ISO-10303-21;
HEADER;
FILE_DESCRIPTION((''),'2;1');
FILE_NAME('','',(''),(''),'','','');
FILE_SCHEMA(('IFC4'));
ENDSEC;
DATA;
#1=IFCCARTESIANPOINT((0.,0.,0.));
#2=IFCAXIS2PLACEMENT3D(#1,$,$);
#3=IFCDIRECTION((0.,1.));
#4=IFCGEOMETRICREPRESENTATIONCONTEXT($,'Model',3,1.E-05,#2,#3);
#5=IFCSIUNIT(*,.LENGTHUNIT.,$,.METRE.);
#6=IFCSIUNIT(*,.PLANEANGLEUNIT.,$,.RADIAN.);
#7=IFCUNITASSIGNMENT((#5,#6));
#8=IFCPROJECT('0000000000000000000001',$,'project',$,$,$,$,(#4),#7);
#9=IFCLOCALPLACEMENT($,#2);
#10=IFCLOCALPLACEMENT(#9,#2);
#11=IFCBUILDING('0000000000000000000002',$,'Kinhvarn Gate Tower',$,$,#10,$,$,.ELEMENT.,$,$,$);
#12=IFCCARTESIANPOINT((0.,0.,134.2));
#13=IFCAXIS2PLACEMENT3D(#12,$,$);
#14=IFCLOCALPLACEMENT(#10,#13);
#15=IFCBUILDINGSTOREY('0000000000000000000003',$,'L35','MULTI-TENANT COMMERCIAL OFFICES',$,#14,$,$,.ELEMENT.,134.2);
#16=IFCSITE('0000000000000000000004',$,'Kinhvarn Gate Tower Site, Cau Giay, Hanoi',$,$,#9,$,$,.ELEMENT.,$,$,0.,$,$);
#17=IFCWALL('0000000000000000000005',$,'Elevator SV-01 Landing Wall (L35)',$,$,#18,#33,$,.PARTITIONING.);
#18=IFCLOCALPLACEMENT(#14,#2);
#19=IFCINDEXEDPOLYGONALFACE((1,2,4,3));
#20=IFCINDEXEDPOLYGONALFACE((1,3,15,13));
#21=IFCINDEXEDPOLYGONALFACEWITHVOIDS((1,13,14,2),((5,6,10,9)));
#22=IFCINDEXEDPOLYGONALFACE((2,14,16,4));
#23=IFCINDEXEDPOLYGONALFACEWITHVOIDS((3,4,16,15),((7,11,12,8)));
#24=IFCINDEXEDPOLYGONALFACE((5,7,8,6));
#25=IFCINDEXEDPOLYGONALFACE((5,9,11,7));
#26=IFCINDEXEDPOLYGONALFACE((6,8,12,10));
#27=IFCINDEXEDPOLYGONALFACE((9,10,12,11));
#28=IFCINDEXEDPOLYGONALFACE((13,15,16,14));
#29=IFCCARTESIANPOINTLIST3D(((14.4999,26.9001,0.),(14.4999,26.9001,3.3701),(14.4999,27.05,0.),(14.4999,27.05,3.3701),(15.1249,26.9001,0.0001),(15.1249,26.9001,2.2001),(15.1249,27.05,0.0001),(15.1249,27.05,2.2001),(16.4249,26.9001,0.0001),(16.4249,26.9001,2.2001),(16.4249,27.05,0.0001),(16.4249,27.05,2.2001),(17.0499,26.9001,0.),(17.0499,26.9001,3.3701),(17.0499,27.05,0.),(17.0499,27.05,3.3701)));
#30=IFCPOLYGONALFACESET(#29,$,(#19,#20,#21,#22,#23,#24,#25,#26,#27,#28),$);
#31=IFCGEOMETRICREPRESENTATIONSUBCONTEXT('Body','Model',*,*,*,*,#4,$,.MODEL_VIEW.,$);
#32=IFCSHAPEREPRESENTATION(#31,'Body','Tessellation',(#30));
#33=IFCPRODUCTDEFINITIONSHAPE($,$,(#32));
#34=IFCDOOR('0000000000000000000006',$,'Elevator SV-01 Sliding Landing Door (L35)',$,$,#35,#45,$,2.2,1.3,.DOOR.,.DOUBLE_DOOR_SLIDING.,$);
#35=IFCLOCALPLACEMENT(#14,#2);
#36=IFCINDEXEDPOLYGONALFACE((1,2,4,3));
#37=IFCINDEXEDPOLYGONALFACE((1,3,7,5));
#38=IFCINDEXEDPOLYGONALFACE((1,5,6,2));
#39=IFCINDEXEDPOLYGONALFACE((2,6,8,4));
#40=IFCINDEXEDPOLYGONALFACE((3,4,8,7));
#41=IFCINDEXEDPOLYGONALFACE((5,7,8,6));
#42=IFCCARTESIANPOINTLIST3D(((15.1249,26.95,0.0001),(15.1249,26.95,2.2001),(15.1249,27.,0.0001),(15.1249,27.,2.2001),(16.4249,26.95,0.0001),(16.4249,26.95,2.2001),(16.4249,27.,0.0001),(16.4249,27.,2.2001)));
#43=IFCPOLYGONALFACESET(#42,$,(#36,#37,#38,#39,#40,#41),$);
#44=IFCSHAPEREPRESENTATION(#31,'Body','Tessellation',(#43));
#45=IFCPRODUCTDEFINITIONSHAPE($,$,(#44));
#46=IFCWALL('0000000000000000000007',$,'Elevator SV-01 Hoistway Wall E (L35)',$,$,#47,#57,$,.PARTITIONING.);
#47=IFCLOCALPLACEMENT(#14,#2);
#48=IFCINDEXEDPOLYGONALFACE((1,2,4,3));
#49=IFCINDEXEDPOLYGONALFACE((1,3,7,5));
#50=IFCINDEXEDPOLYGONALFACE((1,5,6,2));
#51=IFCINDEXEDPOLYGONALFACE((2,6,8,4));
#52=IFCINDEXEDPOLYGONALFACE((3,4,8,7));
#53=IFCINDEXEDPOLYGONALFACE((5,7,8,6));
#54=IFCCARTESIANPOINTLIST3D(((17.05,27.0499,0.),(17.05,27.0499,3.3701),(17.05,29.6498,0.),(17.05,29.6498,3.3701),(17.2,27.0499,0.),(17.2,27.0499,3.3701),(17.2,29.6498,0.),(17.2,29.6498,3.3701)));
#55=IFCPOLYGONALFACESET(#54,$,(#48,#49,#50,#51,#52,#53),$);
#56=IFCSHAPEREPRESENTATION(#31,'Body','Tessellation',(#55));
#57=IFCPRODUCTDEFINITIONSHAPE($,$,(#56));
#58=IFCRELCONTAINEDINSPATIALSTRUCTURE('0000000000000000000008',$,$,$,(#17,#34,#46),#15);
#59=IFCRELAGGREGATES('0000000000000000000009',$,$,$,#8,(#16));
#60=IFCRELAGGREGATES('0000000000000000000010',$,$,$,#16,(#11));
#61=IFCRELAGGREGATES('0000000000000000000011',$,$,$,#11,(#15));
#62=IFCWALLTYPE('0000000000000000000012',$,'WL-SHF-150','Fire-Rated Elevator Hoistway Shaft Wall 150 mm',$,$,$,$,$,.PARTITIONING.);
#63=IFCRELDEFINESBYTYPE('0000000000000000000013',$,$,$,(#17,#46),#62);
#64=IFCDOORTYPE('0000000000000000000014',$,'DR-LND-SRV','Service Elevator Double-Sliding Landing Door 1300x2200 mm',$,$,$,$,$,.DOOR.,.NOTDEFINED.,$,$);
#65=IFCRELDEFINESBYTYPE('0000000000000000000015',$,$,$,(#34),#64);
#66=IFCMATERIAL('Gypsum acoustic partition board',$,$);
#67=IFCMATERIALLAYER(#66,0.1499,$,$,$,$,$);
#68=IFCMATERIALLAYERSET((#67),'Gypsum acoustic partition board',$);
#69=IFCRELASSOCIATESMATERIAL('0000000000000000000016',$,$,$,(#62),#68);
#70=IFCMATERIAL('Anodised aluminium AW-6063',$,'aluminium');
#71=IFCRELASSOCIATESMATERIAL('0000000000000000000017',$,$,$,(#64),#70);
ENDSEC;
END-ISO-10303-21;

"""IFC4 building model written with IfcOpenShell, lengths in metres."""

from ifc_helpers import new_model, si_unit, direction, frame, frame_2d, origin, place, context, subcontext, project, spatial, rectangle, extrude, material, layer, layer_set, type_object, element, fill, save


model = new_model("IFC4")

# Units and contexts
model_context = context("Model", 3, precision=1e-05, world=origin(), true_north=direction((0.0, 1.0)))
body_context = subcontext(model_context, "Body", "Model", "MODEL_VIEW")
ifc_project = project(units=[si_unit("LENGTHUNIT", "METRE"), si_unit("PLANEANGLEUNIT", "RADIAN")], contexts=[model_context])

# Site, building, storey
site_placement = place(None, origin())
site = spatial("IfcSite", under=ifc_project, at=site_placement, Name="Kinhvarn Gate Tower Site, Cau Giay, Hanoi", CompositionType="ELEMENT", RefElevation=0.0)
building_placement = place(site_placement, origin())
building = spatial("IfcBuilding", under=site, at=building_placement, Name="Kinhvarn Gate Tower", CompositionType="ELEMENT")
storey_placement = place(building_placement, frame((0.0, 0.0, 134.2)))
storey = spatial("IfcBuildingStorey", under=building, at=storey_placement, Name="L35", Description="MULTI-TENANT COMMERCIAL OFFICES", CompositionType="ELEMENT", Elevation=134.2)

# Shared definitions
ifc_material_1 = material(Name="Anodised aluminium AW-6063", Category="aluminium")

# Shared definitions
ifc_material_2 = material(Name="Gypsum acoustic partition board")

# Shared definitions
ifc_layer_1 = layer(ifc_material_2, 0.1499)
ifc_layer_set_1 = layer_set([ifc_layer_1], Name="Gypsum acoustic partition board")
wall_type_1 = type_object("IfcWallType", Name="WL-SHF-150", Description="Fire-Rated Elevator Hoistway Shaft Wall 150 mm", PredefinedType="PARTITIONING", material=ifc_layer_set_1)

# Wall, opening, door
wall_1_placement = place(storey_placement, frame((14.5, 26.9751, 0.0), z_axis=(0.0, 0.0, 1.0), x_axis=(1.0, 0.0, 0.0)))
wall_1 = element("IfcWall", 1, at=wall_1_placement, inside=storey, type_object=wall_type_1, Name="Elevator SV-01 Landing Wall (L35)", PredefinedType="PARTITIONING", context=body_context, shape_type="SweptSolid", body=[
    extrude(rectangle(XDim=2.55, YDim=0.1499, at=frame_2d((1.2749, 0.0))), origin(), (0.0, 0.0, 1.0), 3.3701),
])
opening_1_placement = place(wall_1_placement, frame((0.625, 0.0, 0.0)))
opening_1 = element("IfcOpeningElement", 2, at=opening_1_placement, cuts=wall_1, PredefinedType="OPENING", context=body_context, shape_type="SweptSolid", body=[
    extrude(rectangle(XDim=1.3, YDim=2.2, at=frame_2d((0.6499, 1.1001))), frame((0.0, 0.085, 0.0), z_axis=(0.0, -1.0, 0.0), x_axis=(1.0, 0.0, 0.0)), (0.0, 0.0, 1.0), 0.1699),
])
door_type_1 = type_object("IfcDoorType", Name="DR-LND-SRV", Description="Service Elevator Double-Sliding Landing Door 1300x2200 mm", OperationType="NOTDEFINED", PredefinedType="DOOR", material=ifc_material_1)
door_1_placement = place(opening_1_placement, origin())
door_1 = element("IfcDoor", 3, at=door_1_placement, inside=storey, type_object=door_type_1, Name="Elevator SV-01 Sliding Landing Door (L35)", OperationType="DOUBLE_DOOR_SLIDING", OverallHeight=2.2, OverallWidth=1.3, PredefinedType="DOOR", context=body_context, shape_type="SweptSolid", body=[
    extrude(rectangle(XDim=1.3, YDim=2.2, at=frame_2d((0.6499, 1.1001))), frame((0.0, 0.0249, 0.0), z_axis=(0.0, -1.0, 0.0), x_axis=(1.0, 0.0, 0.0)), (0.0, 0.0, 1.0), 0.05),
])
fill(opening_1, door_1)

# Wall
wall_2_placement = place(storey_placement, frame((17.125, 27.05, 0.0), z_axis=(0.0, 0.0, 1.0), x_axis=(0.0, 1.0, 0.0)))
element("IfcWall", 4, at=wall_2_placement, inside=storey, type_object=wall_type_1, Name="Elevator SV-01 Hoistway Wall E (L35)", PredefinedType="PARTITIONING", context=body_context, shape_type="SweptSolid", body=[
    extrude(rectangle(XDim=2.5999, YDim=0.1499, at=frame_2d((1.2998, 0.0))), origin(), (0.0, 0.0, 1.0), 3.3701),
])

save(model, "model.ifc")
